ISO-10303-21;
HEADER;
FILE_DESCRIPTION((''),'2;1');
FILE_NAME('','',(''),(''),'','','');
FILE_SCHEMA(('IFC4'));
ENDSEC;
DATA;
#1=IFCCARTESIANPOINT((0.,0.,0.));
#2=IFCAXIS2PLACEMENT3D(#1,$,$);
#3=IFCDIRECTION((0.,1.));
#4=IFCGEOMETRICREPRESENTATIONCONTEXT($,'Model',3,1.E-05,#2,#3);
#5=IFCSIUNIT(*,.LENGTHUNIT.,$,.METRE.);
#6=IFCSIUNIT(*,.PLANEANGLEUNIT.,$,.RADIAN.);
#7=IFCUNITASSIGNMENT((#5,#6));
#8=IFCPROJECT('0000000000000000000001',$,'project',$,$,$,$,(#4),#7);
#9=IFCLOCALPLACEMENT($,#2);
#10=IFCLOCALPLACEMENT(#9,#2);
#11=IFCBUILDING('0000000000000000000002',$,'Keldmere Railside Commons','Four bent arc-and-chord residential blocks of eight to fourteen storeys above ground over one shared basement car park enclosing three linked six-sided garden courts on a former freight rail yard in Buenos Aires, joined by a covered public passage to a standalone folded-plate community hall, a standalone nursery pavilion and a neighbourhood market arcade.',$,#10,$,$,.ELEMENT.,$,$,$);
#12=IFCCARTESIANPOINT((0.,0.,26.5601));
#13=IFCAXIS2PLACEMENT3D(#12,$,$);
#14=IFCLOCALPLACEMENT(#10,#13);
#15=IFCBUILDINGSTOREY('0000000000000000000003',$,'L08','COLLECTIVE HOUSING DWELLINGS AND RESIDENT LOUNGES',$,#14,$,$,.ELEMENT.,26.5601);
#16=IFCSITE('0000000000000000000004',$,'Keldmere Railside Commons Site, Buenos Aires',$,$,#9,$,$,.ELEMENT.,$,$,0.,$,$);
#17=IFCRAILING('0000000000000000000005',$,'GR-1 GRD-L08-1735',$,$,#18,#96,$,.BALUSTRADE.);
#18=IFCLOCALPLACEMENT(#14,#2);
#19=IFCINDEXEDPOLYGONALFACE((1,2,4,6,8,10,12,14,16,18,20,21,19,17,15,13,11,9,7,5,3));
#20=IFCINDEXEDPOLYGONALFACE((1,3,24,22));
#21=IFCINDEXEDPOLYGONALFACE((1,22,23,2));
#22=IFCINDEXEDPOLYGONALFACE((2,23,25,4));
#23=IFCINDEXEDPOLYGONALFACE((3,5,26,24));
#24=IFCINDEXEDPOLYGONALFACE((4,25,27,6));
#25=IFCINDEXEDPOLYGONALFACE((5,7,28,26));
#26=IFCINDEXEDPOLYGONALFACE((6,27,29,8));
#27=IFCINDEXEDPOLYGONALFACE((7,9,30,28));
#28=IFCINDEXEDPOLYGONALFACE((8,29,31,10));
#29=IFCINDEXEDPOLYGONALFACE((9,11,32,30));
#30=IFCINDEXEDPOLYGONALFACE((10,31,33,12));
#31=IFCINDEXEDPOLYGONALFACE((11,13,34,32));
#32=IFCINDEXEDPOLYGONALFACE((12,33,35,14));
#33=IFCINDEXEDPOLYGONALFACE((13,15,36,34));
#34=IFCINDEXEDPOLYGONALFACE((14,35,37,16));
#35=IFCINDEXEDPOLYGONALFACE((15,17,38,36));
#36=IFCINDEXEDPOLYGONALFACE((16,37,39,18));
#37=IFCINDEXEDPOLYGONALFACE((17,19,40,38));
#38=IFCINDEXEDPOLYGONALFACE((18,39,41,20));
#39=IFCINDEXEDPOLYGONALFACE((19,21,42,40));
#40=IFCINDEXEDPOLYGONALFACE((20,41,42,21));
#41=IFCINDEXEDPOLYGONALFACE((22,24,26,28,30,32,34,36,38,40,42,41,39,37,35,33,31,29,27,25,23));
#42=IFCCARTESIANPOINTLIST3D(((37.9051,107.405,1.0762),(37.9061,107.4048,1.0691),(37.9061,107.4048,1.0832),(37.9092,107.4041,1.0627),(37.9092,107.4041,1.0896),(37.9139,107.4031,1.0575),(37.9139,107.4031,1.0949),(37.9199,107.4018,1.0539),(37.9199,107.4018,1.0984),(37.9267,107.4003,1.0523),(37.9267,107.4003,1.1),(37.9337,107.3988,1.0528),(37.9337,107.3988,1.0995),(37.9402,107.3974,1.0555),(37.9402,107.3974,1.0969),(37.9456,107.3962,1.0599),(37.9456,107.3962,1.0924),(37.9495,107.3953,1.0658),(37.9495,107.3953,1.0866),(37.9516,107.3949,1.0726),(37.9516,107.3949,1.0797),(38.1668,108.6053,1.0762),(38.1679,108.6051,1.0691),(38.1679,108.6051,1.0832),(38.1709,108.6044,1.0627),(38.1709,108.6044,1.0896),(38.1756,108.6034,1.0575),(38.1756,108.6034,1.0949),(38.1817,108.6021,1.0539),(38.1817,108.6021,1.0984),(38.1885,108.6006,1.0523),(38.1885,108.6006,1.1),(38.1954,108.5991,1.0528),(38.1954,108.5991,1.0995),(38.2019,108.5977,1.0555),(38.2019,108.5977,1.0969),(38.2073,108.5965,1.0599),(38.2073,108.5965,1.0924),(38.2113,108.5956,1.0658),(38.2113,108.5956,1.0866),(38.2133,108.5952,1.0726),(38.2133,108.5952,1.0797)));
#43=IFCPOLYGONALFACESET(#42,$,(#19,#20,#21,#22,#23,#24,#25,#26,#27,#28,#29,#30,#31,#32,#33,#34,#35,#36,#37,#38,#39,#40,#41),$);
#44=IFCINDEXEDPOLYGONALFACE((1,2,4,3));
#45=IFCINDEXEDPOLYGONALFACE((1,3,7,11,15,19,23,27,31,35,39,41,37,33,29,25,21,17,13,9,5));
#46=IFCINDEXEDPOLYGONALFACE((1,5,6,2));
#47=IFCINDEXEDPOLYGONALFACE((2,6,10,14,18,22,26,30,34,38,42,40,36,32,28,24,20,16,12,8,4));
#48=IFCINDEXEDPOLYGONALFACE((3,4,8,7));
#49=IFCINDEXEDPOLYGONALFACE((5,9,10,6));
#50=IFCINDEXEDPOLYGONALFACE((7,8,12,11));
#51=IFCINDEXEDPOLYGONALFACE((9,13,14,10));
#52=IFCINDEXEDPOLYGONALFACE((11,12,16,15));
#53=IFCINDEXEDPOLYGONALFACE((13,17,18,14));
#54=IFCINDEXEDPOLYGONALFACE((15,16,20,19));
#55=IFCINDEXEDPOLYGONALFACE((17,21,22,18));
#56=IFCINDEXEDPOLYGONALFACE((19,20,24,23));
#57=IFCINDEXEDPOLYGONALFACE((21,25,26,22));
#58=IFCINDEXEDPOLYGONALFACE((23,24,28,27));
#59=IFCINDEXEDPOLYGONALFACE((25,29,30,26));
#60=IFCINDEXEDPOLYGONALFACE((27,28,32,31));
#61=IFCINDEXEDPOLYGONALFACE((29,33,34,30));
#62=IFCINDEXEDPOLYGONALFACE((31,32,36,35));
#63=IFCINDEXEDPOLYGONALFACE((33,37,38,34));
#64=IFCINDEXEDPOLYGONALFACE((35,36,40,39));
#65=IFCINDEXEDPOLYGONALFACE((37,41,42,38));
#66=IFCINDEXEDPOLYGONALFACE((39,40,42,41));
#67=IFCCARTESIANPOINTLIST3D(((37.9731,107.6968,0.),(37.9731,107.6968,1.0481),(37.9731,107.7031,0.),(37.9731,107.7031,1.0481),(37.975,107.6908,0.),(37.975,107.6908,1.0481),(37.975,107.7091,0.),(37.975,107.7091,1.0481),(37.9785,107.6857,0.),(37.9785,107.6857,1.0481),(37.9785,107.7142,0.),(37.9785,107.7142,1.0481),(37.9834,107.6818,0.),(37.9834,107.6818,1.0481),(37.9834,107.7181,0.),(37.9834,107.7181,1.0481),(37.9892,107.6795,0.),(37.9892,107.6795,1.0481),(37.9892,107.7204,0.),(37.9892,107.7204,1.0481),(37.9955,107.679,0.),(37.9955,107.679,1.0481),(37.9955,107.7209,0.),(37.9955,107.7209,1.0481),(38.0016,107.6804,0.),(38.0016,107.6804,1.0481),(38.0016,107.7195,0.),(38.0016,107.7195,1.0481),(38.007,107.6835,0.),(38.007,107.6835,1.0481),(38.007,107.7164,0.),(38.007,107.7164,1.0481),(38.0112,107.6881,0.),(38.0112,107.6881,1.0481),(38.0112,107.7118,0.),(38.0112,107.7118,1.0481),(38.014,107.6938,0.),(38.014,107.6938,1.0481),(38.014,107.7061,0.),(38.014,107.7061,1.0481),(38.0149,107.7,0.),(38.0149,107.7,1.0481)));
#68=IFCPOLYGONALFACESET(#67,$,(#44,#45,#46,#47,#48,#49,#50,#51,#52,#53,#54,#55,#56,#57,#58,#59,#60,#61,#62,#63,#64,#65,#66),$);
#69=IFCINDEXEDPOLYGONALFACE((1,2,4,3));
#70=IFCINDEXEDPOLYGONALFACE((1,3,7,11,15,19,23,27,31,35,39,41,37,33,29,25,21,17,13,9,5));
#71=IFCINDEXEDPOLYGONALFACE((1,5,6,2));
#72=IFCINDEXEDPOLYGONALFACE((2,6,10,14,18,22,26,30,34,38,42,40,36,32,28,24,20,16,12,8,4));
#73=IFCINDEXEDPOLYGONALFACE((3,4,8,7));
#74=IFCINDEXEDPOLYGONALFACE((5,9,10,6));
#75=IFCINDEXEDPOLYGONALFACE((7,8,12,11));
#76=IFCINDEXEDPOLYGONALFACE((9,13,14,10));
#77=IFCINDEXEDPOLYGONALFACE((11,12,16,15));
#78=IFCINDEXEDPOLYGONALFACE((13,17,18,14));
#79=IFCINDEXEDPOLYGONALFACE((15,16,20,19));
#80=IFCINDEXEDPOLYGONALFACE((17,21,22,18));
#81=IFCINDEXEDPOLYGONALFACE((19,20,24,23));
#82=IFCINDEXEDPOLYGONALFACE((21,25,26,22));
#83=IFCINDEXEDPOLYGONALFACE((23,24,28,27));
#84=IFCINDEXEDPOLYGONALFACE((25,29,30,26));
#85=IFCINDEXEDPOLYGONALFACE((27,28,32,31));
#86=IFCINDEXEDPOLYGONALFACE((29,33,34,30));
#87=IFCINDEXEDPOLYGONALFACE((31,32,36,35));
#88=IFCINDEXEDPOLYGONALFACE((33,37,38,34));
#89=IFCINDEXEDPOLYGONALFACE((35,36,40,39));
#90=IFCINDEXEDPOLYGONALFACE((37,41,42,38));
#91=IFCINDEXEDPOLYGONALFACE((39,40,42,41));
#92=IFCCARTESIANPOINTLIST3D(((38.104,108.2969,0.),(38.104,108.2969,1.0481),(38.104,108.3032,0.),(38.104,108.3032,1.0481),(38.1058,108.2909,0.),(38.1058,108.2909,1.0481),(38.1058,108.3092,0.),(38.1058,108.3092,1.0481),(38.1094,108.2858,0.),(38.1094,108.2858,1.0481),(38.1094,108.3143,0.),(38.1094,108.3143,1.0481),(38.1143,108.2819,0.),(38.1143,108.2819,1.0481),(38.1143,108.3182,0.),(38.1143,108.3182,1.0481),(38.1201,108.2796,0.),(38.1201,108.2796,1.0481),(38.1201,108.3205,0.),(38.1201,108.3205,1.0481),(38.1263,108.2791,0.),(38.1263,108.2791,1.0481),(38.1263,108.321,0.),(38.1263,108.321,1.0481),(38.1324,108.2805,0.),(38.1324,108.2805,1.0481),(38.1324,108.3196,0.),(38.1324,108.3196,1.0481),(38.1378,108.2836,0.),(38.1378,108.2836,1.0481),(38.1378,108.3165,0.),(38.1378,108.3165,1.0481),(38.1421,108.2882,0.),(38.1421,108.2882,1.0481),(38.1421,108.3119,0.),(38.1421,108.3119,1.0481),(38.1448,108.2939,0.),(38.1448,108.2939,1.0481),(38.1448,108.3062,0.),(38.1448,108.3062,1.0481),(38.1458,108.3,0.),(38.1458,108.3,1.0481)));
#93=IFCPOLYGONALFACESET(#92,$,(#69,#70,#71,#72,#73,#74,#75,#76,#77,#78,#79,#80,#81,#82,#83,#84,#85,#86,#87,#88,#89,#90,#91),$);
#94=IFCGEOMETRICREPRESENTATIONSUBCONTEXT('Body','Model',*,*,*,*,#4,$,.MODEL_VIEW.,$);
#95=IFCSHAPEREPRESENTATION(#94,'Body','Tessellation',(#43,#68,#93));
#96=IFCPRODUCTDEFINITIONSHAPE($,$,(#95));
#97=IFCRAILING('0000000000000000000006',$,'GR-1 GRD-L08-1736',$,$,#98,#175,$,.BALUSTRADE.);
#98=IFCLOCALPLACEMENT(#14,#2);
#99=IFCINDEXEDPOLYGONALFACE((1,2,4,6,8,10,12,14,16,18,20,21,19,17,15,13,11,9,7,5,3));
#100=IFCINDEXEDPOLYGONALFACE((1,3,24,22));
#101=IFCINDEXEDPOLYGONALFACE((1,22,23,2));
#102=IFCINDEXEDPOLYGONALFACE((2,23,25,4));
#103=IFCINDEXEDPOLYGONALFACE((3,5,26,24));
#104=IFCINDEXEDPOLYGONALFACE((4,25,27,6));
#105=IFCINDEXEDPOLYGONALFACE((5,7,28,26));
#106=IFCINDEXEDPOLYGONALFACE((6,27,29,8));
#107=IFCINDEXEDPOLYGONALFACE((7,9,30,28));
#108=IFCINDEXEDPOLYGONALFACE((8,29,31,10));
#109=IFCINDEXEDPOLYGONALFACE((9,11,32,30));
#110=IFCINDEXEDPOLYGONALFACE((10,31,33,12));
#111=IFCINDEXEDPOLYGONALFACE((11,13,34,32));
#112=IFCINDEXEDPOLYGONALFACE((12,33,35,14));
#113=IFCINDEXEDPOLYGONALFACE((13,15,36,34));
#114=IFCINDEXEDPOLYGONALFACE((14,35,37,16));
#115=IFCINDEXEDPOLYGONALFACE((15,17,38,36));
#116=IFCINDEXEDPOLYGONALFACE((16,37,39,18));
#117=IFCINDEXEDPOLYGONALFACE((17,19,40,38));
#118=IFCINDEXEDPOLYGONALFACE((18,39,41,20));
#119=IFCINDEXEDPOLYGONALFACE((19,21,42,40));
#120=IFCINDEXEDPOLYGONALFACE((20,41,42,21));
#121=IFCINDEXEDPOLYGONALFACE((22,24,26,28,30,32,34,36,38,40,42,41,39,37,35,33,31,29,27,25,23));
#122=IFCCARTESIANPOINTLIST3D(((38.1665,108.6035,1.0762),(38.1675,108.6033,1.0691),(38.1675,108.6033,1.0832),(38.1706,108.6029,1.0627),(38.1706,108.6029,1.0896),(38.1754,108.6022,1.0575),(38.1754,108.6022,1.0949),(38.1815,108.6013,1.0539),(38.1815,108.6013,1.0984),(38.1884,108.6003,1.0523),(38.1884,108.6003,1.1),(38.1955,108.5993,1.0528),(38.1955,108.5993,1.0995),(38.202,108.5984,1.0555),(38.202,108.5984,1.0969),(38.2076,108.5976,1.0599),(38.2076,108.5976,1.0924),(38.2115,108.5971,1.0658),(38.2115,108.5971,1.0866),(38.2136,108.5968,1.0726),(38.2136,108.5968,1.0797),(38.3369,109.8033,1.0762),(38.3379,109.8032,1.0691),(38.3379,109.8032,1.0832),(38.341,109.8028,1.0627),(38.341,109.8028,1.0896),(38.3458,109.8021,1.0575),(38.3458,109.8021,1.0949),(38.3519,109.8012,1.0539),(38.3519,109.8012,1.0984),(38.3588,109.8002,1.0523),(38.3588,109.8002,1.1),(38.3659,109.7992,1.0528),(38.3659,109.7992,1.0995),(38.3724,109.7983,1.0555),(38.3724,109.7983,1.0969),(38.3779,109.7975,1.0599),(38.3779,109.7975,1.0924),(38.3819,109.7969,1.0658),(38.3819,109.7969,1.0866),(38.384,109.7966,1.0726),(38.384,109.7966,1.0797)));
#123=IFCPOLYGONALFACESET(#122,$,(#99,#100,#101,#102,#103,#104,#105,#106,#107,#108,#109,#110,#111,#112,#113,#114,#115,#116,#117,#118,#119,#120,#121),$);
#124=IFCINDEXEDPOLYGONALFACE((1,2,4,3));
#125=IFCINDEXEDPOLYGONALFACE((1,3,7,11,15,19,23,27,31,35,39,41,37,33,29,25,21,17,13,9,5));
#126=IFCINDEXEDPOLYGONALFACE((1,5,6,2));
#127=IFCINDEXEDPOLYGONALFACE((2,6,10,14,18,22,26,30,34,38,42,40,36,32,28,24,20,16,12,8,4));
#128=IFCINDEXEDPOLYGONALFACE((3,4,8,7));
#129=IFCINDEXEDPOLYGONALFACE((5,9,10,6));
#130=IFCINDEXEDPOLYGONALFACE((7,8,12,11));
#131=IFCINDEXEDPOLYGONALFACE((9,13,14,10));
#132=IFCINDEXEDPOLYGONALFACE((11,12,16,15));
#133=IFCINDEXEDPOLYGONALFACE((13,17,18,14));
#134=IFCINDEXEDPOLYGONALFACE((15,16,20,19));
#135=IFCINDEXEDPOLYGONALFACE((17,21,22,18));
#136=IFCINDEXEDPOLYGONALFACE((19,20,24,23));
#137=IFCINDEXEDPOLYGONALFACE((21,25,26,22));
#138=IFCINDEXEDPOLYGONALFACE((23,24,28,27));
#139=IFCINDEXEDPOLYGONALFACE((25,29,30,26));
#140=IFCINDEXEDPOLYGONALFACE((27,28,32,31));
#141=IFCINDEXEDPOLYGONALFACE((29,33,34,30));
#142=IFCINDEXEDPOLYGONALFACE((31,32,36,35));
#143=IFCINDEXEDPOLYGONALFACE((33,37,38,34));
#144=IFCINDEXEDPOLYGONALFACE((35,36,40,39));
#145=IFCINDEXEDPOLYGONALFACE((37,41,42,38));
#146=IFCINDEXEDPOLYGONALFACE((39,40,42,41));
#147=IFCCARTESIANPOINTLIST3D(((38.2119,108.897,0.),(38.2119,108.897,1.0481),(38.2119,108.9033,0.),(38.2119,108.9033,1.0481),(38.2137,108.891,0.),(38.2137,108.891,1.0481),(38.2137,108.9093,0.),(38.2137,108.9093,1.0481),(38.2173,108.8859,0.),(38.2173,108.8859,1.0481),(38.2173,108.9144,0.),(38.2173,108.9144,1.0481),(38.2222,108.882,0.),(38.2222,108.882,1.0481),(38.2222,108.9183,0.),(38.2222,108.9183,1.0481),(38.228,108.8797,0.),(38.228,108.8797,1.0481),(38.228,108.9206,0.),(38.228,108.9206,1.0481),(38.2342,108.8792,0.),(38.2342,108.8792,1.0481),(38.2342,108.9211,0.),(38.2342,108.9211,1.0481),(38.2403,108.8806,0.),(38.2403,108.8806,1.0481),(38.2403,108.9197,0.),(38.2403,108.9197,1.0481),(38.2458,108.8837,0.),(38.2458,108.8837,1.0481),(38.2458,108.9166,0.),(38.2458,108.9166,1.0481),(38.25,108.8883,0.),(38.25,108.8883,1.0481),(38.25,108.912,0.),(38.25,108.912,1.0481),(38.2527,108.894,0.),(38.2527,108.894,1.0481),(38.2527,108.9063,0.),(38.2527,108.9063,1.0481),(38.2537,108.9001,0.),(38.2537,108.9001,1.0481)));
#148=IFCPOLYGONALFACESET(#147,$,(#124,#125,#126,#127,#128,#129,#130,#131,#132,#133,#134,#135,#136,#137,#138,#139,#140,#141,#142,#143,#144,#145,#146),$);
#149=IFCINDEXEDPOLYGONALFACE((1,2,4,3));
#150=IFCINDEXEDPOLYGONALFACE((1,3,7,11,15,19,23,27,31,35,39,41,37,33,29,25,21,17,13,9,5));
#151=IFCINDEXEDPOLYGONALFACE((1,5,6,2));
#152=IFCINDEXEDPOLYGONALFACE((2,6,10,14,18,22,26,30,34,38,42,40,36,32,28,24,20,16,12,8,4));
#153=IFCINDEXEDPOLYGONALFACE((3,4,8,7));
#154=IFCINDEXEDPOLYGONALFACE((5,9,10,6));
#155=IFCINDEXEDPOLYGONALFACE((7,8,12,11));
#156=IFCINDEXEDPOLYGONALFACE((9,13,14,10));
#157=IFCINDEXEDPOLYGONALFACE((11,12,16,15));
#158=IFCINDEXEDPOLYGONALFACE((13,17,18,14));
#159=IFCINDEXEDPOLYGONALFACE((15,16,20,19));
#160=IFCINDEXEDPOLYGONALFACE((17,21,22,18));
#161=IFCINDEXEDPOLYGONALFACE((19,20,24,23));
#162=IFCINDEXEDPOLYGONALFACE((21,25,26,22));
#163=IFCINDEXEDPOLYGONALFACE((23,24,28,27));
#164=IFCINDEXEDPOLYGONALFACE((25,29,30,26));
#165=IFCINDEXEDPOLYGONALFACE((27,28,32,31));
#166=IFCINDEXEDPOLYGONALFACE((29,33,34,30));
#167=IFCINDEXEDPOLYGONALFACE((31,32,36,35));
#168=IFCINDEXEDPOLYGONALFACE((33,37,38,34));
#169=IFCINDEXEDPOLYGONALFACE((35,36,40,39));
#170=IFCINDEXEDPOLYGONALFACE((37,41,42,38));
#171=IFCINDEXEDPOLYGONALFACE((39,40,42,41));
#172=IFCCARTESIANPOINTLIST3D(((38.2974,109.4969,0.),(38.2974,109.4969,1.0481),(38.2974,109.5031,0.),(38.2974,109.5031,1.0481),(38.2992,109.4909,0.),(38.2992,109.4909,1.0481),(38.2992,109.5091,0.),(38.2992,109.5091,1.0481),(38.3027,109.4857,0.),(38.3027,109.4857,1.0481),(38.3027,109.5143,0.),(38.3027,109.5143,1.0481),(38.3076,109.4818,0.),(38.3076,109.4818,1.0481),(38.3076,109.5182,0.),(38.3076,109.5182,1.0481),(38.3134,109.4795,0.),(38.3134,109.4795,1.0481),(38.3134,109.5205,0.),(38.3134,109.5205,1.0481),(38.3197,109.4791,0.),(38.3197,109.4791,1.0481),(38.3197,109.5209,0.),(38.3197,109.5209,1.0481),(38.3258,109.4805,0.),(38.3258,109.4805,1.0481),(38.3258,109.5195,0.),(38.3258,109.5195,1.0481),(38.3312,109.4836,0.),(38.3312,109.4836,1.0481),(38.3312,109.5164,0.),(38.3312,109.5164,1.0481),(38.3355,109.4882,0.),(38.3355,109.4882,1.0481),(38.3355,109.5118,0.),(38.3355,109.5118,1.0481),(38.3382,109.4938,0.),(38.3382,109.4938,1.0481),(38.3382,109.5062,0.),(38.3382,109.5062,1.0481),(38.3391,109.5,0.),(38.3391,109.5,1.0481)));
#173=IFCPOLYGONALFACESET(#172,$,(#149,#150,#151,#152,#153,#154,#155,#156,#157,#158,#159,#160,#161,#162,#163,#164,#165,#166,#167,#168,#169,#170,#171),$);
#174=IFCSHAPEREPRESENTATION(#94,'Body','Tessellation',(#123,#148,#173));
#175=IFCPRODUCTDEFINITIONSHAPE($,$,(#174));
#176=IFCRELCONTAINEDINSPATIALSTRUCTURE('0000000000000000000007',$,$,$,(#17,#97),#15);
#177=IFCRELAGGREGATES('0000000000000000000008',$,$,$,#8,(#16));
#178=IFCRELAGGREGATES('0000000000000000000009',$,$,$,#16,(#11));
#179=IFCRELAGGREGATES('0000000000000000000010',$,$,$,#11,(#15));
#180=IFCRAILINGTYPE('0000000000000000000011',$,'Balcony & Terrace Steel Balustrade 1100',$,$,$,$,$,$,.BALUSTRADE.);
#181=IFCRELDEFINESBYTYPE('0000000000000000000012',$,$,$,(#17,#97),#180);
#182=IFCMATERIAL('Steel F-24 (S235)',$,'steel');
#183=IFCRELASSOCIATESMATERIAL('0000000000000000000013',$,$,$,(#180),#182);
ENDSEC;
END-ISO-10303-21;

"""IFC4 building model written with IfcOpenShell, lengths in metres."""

from ifc_helpers import new_model, si_unit, direction, frame, origin, origin_2d, place, context, subcontext, project, spatial, circle, extrude, material, type_object, element, save


model = new_model("IFC4")

# Units and contexts
model_context = context("Model", 3, precision=1e-05, world=origin(), true_north=direction((0.0, 1.0)))
body_context = subcontext(model_context, "Body", "Model", "MODEL_VIEW")
ifc_project = project(units=[si_unit("LENGTHUNIT", "METRE"), si_unit("PLANEANGLEUNIT", "RADIAN")], contexts=[model_context])

# Site, building, storey
site_placement = place(None, origin())
site = spatial("IfcSite", under=ifc_project, at=site_placement, Name="Keldmere Railside Commons Site, Buenos Aires", CompositionType="ELEMENT", RefElevation=0.0)
building_placement = place(site_placement, origin())
building = spatial("IfcBuilding", under=site, at=building_placement, Name="Keldmere Railside Commons", Description="Four bent arc-and-chord residential blocks of eight to fourteen storeys above ground over one shared basement car park enclosing three linked six-sided garden courts on a former freight rail yard in Buenos Aires, joined by a covered public passage to a standalone folded-plate community hall, a standalone nursery pavilion and a neighbourhood market arcade.", CompositionType="ELEMENT")
storey_placement = place(building_placement, frame((0.0, 0.0, 26.5601)))
storey = spatial("IfcBuildingStorey", under=building, at=storey_placement, Name="L08", Description="COLLECTIVE HOUSING DWELLINGS AND RESIDENT LOUNGES", CompositionType="ELEMENT", Elevation=26.5601)

# Railings
ifc_material_1 = material(Name="Steel F-24 (S235)", Category="steel")
railing_type = type_object("IfcRailingType", Name="Balcony & Terrace Steel Balustrade 1100", PredefinedType="BALUSTRADE", material=ifc_material_1)
railing_1_placement = place(storey_placement, frame((37.9285, 107.3999, 0.0)))
element("IfcRailing", 1, at=railing_1_placement, inside=storey, type_object=railing_type, Name="GR-1 GRD-L08-1735", PredefinedType="BALUSTRADE", context=body_context, shape_type="SweptSolid", body=[
    extrude(circle(Radius=0.0239, at=origin_2d()), frame((0.0, 0.0, 1.0762), z_axis=(0.213057, 0.97704, 0.0), x_axis=(-0.97704, 0.213057, 0.0)), (0.0, 0.0, 1.0), 1.2285),
    extrude(circle(Radius=0.021, at=origin_2d()), frame((0.0654, 0.3, 0.0)), (0.0, 0.0, 1.0), 1.0481),
    extrude(circle(Radius=0.021, at=origin_2d()), frame((0.1963, 0.9001, 0.0)), (0.0, 0.0, 1.0), 1.0481),
])
railing_2_placement = place(storey_placement, frame((38.1902, 108.6001, 0.0)))
element("IfcRailing", 2, at=railing_2_placement, inside=storey, type_object=railing_type, Name="GR-1 GRD-L08-1736", PredefinedType="BALUSTRADE", context=body_context, shape_type="SweptSolid", body=[
    extrude(circle(Radius=0.0239, at=origin_2d()), frame((0.0, 0.0, 1.0762), z_axis=(0.140603, 0.990066, 0.0), x_axis=(-0.990066, 0.140603, 0.0)), (0.0, 0.0, 1.0), 1.2119),
    extrude(circle(Radius=0.021, at=origin_2d()), frame((0.0425, 0.3, 0.0)), (0.0, 0.0, 1.0), 1.0481),
    extrude(circle(Radius=0.021, at=origin_2d()), frame((0.1279, 0.8999, 0.0)), (0.0, 0.0, 1.0), 1.0481),
])

save(model, "model.ifc")
